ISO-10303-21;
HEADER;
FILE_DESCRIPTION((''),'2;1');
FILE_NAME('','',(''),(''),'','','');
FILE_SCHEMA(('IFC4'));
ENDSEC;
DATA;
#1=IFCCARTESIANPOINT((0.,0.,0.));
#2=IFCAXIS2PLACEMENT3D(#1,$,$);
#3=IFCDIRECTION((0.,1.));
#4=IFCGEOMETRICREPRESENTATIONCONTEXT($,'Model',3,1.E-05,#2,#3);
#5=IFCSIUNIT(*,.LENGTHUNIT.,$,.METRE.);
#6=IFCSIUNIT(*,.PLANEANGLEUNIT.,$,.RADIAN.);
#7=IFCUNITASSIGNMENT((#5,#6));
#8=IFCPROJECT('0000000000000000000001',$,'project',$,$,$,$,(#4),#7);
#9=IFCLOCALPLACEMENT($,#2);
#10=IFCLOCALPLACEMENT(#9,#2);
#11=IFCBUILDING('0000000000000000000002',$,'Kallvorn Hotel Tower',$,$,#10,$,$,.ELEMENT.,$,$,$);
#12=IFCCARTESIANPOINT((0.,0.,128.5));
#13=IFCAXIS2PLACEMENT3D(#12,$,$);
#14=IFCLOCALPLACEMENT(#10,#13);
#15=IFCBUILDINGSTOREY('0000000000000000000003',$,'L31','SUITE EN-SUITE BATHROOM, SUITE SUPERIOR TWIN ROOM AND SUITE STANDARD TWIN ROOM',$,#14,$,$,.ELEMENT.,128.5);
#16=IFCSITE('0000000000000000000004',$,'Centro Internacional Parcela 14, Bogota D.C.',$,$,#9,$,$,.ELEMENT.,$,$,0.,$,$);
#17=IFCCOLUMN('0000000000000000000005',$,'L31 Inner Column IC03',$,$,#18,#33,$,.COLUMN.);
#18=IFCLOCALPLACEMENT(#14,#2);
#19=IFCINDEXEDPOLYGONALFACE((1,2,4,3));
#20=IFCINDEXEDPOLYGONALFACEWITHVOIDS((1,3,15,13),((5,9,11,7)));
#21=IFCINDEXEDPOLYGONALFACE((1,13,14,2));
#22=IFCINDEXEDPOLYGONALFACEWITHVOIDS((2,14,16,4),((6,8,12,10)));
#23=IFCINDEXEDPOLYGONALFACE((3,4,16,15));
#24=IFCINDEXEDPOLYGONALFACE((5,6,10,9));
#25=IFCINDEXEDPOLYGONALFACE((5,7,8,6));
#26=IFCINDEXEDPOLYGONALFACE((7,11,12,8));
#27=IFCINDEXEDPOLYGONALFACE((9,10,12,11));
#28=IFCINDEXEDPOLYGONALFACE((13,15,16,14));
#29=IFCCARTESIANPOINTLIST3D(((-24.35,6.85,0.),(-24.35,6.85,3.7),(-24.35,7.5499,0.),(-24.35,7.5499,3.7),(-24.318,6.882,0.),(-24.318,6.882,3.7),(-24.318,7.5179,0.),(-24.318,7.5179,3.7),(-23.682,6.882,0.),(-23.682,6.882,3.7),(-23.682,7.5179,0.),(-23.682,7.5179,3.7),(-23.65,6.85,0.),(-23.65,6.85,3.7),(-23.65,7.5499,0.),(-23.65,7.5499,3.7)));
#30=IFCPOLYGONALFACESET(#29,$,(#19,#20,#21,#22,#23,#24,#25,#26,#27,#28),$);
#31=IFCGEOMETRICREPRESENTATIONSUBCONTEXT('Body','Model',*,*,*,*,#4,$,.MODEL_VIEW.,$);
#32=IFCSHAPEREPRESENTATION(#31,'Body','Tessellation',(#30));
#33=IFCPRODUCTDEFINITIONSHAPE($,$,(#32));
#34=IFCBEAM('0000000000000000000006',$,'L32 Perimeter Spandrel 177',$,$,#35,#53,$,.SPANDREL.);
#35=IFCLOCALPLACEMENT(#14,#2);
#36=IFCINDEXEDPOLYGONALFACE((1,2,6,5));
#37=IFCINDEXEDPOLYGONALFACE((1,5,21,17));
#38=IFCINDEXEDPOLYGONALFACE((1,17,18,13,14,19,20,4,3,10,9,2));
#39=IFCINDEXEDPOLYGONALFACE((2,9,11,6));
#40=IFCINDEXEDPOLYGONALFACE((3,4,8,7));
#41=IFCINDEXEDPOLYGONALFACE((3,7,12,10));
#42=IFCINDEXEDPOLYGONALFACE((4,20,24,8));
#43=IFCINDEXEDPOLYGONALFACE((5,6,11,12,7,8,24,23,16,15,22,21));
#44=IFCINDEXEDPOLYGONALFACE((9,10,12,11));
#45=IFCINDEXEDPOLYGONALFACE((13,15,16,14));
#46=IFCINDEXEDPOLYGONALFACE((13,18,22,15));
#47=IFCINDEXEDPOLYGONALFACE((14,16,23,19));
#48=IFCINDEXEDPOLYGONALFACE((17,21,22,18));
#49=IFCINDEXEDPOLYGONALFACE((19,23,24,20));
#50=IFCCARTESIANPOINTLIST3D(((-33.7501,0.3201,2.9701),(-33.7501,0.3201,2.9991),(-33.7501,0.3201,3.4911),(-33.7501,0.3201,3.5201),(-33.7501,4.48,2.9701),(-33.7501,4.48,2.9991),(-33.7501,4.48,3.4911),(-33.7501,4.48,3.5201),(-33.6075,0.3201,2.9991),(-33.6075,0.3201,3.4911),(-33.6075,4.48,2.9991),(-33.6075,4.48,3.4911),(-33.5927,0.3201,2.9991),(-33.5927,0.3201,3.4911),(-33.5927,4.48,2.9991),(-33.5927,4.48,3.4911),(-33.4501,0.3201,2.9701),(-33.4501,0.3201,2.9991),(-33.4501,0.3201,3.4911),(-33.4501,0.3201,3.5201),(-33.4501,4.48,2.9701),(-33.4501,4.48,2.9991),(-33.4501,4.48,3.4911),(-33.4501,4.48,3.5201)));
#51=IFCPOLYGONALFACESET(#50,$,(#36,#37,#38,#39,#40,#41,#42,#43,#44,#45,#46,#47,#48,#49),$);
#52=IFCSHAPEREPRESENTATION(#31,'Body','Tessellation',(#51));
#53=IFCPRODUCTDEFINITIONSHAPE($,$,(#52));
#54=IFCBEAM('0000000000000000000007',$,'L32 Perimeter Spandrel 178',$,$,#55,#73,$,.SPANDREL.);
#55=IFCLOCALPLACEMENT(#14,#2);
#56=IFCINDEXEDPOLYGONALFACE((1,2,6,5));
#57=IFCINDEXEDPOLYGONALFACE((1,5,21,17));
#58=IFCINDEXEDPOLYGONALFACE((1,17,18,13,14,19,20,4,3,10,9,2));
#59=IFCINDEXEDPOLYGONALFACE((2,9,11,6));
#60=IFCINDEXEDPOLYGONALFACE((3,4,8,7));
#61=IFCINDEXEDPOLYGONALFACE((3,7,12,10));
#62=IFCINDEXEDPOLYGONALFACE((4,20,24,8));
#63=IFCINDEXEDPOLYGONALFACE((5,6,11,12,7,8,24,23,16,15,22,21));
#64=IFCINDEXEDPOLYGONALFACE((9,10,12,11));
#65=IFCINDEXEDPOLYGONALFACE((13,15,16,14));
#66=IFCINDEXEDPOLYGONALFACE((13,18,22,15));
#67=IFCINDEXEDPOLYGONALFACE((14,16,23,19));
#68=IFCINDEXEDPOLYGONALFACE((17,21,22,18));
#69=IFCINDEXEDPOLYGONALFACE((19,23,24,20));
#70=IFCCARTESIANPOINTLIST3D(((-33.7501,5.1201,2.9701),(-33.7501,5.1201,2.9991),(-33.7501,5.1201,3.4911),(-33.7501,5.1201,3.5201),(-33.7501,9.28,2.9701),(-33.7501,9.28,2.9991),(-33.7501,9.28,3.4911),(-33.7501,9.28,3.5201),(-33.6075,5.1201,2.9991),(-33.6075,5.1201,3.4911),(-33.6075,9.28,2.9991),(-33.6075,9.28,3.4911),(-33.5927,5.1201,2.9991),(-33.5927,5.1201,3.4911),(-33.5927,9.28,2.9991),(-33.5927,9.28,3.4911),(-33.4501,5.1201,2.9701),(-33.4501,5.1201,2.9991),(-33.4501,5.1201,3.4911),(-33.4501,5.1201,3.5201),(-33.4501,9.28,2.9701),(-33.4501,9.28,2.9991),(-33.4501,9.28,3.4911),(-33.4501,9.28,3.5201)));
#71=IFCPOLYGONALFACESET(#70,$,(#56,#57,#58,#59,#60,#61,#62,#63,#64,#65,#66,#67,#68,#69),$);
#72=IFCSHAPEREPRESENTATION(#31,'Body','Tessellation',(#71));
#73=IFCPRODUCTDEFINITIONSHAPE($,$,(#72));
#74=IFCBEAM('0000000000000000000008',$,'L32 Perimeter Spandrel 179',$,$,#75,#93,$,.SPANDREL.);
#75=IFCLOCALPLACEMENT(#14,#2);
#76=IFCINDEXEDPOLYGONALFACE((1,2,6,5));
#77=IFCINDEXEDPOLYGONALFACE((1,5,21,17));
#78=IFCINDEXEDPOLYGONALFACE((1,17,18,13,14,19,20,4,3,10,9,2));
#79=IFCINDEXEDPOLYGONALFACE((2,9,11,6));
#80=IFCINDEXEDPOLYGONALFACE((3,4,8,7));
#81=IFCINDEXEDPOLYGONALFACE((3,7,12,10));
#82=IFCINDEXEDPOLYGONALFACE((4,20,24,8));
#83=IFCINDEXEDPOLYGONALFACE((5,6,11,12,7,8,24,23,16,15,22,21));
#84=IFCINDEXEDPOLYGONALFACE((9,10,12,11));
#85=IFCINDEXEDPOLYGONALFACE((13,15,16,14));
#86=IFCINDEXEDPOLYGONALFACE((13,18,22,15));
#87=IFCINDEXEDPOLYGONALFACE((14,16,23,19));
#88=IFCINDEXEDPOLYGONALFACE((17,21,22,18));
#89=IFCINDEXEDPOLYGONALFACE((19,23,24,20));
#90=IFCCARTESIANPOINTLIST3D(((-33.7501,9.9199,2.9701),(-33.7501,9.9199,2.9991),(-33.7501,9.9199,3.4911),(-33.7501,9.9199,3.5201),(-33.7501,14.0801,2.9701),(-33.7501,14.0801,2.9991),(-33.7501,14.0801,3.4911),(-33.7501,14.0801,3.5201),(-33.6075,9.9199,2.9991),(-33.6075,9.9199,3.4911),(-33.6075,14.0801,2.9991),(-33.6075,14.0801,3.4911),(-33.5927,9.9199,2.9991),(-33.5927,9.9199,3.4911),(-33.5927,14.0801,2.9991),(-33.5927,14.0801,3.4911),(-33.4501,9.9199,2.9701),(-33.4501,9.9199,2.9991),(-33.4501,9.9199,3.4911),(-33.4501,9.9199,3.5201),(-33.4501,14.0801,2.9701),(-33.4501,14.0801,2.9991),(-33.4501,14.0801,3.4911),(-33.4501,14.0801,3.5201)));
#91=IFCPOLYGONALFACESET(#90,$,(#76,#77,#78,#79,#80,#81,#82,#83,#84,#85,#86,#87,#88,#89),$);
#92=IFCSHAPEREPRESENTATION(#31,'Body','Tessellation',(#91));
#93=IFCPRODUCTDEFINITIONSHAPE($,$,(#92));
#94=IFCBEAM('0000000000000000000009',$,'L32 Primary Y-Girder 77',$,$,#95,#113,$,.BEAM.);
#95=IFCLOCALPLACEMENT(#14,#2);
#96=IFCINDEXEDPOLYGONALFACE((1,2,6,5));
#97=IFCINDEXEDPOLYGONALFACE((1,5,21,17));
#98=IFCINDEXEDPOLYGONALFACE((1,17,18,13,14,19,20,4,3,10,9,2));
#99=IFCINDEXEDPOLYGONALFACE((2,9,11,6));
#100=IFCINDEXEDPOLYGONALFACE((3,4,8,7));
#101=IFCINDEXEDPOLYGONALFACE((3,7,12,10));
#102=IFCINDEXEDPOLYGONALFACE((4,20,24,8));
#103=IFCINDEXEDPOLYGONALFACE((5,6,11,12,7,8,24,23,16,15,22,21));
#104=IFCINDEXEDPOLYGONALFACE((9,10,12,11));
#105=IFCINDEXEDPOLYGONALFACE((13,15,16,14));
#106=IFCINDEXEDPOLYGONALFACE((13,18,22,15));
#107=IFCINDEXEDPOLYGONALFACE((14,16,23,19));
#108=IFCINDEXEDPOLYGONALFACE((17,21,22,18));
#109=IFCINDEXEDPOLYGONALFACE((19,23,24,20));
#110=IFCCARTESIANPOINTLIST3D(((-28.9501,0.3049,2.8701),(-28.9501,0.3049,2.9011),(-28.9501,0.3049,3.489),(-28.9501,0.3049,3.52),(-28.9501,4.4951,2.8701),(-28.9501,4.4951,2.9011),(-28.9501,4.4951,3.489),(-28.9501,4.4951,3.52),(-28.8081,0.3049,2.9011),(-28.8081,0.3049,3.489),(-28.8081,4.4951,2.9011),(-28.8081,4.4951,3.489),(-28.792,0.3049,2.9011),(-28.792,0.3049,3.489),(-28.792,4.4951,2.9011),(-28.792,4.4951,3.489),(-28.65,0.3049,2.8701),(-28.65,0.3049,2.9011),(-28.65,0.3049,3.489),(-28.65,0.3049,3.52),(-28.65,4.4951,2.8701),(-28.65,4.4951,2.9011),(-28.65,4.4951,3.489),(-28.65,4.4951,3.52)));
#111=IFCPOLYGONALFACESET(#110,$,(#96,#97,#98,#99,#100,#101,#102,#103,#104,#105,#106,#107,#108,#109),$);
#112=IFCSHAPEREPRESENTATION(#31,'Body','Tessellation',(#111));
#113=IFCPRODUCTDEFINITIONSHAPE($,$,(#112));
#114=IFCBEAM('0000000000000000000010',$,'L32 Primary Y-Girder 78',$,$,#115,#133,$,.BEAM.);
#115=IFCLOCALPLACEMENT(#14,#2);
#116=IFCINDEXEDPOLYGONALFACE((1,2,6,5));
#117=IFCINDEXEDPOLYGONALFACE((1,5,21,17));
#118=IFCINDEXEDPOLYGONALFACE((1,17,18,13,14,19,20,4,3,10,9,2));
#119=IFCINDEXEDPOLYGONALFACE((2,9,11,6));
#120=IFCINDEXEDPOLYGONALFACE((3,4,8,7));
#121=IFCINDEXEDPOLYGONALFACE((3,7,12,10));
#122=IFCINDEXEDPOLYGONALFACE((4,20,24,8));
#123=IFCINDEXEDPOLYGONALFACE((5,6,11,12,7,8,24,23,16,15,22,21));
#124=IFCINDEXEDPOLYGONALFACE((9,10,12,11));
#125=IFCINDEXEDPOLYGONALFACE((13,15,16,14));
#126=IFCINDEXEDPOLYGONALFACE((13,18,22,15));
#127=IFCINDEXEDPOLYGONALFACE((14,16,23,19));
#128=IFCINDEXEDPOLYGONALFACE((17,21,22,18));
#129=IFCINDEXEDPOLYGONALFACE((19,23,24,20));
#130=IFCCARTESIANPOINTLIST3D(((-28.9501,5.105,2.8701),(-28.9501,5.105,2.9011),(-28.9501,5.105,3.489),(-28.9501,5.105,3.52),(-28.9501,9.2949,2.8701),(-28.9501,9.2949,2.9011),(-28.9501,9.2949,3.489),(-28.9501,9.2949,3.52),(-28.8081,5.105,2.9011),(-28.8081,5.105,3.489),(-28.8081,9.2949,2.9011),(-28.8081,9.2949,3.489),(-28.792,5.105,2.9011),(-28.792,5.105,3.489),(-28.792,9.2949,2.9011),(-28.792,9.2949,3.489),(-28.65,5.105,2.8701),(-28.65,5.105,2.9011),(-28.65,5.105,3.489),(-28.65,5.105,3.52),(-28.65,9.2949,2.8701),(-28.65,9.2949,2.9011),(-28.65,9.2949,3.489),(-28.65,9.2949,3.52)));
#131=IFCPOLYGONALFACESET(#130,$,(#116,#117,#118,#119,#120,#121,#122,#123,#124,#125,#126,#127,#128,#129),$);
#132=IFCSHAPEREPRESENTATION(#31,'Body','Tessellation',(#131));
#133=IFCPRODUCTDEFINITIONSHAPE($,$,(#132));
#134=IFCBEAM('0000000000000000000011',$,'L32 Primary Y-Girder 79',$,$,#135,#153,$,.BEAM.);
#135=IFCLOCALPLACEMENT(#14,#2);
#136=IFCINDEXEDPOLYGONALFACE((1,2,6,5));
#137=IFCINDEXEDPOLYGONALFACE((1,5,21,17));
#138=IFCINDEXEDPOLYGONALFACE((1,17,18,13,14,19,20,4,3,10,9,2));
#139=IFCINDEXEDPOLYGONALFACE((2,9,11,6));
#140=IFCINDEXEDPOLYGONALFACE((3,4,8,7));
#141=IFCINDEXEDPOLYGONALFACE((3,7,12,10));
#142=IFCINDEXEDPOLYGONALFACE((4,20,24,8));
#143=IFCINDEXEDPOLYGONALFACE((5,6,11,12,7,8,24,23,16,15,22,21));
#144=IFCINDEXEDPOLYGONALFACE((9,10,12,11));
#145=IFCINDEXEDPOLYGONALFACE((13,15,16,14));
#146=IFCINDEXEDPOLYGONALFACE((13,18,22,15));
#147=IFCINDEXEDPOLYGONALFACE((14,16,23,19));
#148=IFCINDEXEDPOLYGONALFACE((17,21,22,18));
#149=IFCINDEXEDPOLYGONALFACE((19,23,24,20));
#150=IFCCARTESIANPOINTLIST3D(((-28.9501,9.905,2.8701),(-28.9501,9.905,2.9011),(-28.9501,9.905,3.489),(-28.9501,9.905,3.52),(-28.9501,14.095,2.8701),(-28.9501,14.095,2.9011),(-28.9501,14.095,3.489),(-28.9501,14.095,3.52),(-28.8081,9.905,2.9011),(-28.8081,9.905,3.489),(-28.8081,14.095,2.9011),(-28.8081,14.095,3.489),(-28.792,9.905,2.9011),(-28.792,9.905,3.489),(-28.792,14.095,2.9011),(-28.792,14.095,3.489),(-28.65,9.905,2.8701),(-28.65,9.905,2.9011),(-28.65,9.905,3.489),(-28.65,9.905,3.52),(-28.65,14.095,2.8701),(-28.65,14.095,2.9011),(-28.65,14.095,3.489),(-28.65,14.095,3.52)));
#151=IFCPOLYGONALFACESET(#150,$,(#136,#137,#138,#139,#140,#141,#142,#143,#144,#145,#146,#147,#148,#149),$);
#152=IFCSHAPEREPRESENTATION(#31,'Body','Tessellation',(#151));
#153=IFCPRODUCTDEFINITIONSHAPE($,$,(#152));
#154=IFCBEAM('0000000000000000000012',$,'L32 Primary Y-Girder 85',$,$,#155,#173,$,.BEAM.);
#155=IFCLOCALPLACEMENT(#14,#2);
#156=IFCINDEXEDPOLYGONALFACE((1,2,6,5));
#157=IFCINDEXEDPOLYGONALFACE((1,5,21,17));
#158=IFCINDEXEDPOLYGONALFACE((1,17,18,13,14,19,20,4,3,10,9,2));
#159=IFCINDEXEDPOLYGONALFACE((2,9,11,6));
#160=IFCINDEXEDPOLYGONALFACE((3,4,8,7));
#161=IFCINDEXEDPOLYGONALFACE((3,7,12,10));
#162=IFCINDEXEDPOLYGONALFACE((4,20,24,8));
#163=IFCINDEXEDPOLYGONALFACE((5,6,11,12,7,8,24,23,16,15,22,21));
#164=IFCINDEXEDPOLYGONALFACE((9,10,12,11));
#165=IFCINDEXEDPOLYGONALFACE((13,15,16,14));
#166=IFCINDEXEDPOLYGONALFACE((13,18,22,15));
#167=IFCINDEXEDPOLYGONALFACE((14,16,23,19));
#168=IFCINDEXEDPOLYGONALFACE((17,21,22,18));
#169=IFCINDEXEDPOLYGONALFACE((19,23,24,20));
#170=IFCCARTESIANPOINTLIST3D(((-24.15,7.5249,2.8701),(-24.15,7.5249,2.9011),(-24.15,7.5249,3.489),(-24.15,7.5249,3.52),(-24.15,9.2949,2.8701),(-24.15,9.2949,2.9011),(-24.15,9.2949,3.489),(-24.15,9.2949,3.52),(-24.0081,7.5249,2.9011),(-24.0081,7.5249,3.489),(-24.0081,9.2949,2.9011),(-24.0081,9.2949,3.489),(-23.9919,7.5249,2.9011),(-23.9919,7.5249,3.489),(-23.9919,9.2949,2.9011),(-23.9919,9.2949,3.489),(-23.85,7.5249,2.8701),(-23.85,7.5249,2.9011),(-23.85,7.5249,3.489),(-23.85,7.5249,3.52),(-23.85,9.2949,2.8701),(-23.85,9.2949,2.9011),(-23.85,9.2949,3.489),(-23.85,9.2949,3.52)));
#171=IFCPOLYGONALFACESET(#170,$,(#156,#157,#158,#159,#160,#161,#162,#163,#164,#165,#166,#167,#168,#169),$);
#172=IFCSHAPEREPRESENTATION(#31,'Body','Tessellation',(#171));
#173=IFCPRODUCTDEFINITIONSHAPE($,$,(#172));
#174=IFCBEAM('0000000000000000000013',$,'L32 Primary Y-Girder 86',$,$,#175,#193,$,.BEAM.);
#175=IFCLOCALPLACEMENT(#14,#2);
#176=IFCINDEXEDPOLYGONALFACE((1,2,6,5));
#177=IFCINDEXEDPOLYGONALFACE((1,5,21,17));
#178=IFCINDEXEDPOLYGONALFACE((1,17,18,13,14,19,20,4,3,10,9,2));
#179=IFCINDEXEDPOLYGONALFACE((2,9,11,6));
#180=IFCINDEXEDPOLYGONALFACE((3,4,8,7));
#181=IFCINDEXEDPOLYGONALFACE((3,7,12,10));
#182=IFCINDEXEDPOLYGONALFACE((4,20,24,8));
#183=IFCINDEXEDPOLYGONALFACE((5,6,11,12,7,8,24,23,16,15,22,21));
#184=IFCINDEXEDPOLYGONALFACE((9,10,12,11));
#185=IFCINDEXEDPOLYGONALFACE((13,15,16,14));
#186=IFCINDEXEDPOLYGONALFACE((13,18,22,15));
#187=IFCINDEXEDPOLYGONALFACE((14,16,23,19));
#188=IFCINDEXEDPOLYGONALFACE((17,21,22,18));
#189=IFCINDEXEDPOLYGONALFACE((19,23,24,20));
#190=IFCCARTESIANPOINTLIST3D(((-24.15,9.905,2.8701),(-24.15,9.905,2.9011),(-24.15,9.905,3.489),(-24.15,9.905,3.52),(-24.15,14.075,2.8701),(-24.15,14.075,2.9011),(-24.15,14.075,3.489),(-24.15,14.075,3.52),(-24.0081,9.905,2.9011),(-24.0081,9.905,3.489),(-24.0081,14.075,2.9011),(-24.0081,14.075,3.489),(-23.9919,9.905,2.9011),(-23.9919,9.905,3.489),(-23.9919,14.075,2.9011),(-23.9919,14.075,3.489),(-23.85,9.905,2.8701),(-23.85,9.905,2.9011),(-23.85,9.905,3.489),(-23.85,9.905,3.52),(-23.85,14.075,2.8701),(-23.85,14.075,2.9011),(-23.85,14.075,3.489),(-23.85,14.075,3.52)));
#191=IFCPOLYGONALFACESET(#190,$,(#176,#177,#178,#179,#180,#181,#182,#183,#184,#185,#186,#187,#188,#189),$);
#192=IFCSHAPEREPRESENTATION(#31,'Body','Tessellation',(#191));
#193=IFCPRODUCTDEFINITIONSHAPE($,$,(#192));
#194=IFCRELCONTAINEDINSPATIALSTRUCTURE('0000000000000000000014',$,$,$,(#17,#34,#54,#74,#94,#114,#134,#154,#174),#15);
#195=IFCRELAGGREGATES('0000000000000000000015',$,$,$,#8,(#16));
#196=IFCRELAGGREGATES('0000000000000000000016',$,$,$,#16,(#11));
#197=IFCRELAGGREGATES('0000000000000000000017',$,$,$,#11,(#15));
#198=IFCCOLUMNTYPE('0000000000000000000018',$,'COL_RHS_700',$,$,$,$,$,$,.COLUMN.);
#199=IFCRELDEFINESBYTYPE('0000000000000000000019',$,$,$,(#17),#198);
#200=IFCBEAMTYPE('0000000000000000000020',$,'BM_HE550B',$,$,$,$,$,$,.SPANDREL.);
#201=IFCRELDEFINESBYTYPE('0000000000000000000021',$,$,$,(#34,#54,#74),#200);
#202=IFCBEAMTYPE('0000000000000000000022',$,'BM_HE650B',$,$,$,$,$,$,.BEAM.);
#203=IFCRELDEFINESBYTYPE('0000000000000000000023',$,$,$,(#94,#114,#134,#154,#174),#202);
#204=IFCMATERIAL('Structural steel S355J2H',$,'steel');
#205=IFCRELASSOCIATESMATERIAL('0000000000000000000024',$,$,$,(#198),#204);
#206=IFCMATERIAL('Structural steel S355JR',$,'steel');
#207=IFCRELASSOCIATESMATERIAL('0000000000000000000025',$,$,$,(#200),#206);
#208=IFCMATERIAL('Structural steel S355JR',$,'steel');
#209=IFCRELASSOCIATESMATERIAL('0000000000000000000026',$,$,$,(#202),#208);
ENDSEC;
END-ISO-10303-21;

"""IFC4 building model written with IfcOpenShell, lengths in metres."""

from ifc_helpers import new_model, si_unit, direction, frame, origin, origin_2d, place, context, subcontext, project, spatial, hollow_rectangle, i_section, extrude, material, material_profile, profile_set, type_object, element, save


model = new_model("IFC4")

# Units and contexts
model_context = context("Model", 3, precision=1e-05, world=origin(), true_north=direction((0.0, 1.0)))
body_context = subcontext(model_context, "Body", "Model", "MODEL_VIEW")
ifc_project = project(units=[si_unit("LENGTHUNIT", "METRE"), si_unit("PLANEANGLEUNIT", "RADIAN")], contexts=[model_context])

# Site, building, storey
site_placement = place(None, origin())
site = spatial("IfcSite", under=ifc_project, at=site_placement, Name="Centro Internacional Parcela 14, Bogota D.C.", CompositionType="ELEMENT", RefElevation=0.0)
building_placement = place(site_placement, origin())
building = spatial("IfcBuilding", under=site, at=building_placement, Name="Kallvorn Hotel Tower", CompositionType="ELEMENT")
storey_placement = place(building_placement, frame((0.0, 0.0, 128.5)))
storey = spatial("IfcBuildingStorey", under=building, at=storey_placement, Name="L31", Description="SUITE EN-SUITE BATHROOM, SUITE SUPERIOR TWIN ROOM AND SUITE STANDARD TWIN ROOM", CompositionType="ELEMENT", Elevation=128.5)

# Column
ifc_material_1 = material(Name="Structural steel S355J2H", Category="steel")
ifc_material_profile_1 = material_profile(ifc_material_1, hollow_rectangle(XDim=0.7, YDim=0.7, WallThickness=0.032, at=origin_2d()), Name="RHS 700x700x32")
ifc_profile_set_1 = profile_set([ifc_material_profile_1], Name="Structural steel S355J2H")
column_type_1 = type_object("IfcColumnType", Name="COL_RHS_700", PredefinedType="COLUMN", material=ifc_profile_set_1)
column_placement = place(storey_placement, frame((-24.0, 7.2, 0.0), z_axis=(0.0, 0.0, 1.0), x_axis=(1.0, 0.0, 0.0)))
element("IfcColumn", 1, at=column_placement, inside=storey, type_object=column_type_1, Name="L31 Inner Column IC03", PredefinedType="COLUMN", context=body_context, shape_type="SweptSolid", body=[
    extrude(hollow_rectangle(XDim=0.7, YDim=0.7, WallThickness=0.032, at=origin_2d()), origin(), (0.0, 0.0, 1.0), 3.7),
])

# Beams
ifc_material_2 = material(Name="Structural steel S355JR", Category="steel")
ifc_material_profile_2 = material_profile(ifc_material_2, i_section(OverallWidth=0.3, OverallDepth=0.55, WebThickness=0.0149, FlangeThickness=0.0291, at=origin_2d()), Name="HE 550 B")
ifc_profile_set_2 = profile_set([ifc_material_profile_2], Name="Structural steel S355JR")
beam_type_1 = type_object("IfcBeamType", Name="BM_HE550B", PredefinedType="SPANDREL", material=ifc_profile_set_2)
for number, where, z_axis, x_axis, name in (
    (2, (-33.6001, 0.3201, 3.2451), (0.0, 1.0, 0.0), (-1.0, 0.0, 0.0), "L32 Perimeter Spandrel 177"),
    (3, (-33.6001, 5.1201, 3.2451), (0.0, 1.0, 0.0), (-1.0, 0.0, 0.0), "L32 Perimeter Spandrel 178"),
):
    element("IfcBeam", number, at=place(storey_placement, frame(where, z_axis=z_axis, x_axis=x_axis)), inside=storey, type_object=beam_type_1, Name=name, PredefinedType="SPANDREL", context=body_context, shape_type="SweptSolid", body=[
        extrude(i_section(OverallWidth=0.3, OverallDepth=0.55, WebThickness=0.0149, FlangeThickness=0.0291, at=origin_2d()), origin(), (0.0, 0.0, 1.0), 4.1599),
    ])
beam_1_placement = place(storey_placement, frame((-33.6001, 9.9199, 3.2451), z_axis=(0.0, 1.0, 0.0), x_axis=(-1.0, 0.0, 0.0)))
element("IfcBeam", 4, at=beam_1_placement, inside=storey, type_object=beam_type_1, Name="L32 Perimeter Spandrel 179", PredefinedType="SPANDREL", context=body_context, shape_type="SweptSolid", body=[
    extrude(i_section(OverallWidth=0.3, OverallDepth=0.55, WebThickness=0.0149, FlangeThickness=0.0291, at=origin_2d()), origin(), (0.0, 0.0, 1.0), 4.1602),
])
ifc_material_3 = material(Name="Structural steel S355JR", Category="steel")
ifc_material_profile_3 = material_profile(ifc_material_3, i_section(OverallWidth=0.3, OverallDepth=0.6499, WebThickness=0.0161, FlangeThickness=0.031, at=origin_2d()), Name="HE 650 B")
ifc_profile_set_3 = profile_set([ifc_material_profile_3], Name="Structural steel S355JR")
beam_type_2 = type_object("IfcBeamType", Name="BM_HE650B", PredefinedType="BEAM", material=ifc_profile_set_3)
beam_2_placement = place(storey_placement, frame((-28.8, 0.3049, 3.1951), z_axis=(0.0, 1.0, 0.0), x_axis=(-1.0, 0.0, 0.0)))
element("IfcBeam", 5, at=beam_2_placement, inside=storey, type_object=beam_type_2, Name="L32 Primary Y-Girder 77", PredefinedType="BEAM", context=body_context, shape_type="SweptSolid", body=[
    extrude(i_section(OverallWidth=0.3, OverallDepth=0.6499, WebThickness=0.0161, FlangeThickness=0.031, at=origin_2d()), origin(), (0.0, 0.0, 1.0), 4.1902),
])
for number, where, z_axis, x_axis, name in (
    (6, (-28.8, 5.105, 3.1951), (0.0, 1.0, 0.0), (-1.0, 0.0, 0.0), "L32 Primary Y-Girder 78"),
    (7, (-28.8, 9.905, 3.1951), (0.0, 1.0, 0.0), (-1.0, 0.0, 0.0), "L32 Primary Y-Girder 79"),
):
    element("IfcBeam", number, at=place(storey_placement, frame(where, z_axis=z_axis, x_axis=x_axis)), inside=storey, type_object=beam_type_2, Name=name, PredefinedType="BEAM", context=body_context, shape_type="SweptSolid", body=[
        extrude(i_section(OverallWidth=0.3, OverallDepth=0.6499, WebThickness=0.0161, FlangeThickness=0.031, at=origin_2d()), origin(), (0.0, 0.0, 1.0), 4.1899),
    ])
beam_3_placement = place(storey_placement, frame((-24.0, 7.5249, 3.1951), z_axis=(0.0, 1.0, 0.0), x_axis=(-1.0, 0.0, 0.0)))
element("IfcBeam", 8, at=beam_3_placement, inside=storey, type_object=beam_type_2, Name="L32 Primary Y-Girder 85", PredefinedType="BEAM", context=body_context, shape_type="SweptSolid", body=[
    extrude(i_section(OverallWidth=0.3, OverallDepth=0.6499, WebThickness=0.0161, FlangeThickness=0.031, at=origin_2d()), origin(), (0.0, 0.0, 1.0), 1.77),
])
beam_4_placement = place(storey_placement, frame((-24.0, 9.905, 3.1951), z_axis=(0.0, 1.0, 0.0), x_axis=(-1.0, 0.0, 0.0)))
element("IfcBeam", 9, at=beam_4_placement, inside=storey, type_object=beam_type_2, Name="L32 Primary Y-Girder 86", PredefinedType="BEAM", context=body_context, shape_type="SweptSolid", body=[
    extrude(i_section(OverallWidth=0.3, OverallDepth=0.6499, WebThickness=0.0161, FlangeThickness=0.031, at=origin_2d()), origin(), (0.0, 0.0, 1.0), 4.1699),
])

save(model, "model.ifc")
